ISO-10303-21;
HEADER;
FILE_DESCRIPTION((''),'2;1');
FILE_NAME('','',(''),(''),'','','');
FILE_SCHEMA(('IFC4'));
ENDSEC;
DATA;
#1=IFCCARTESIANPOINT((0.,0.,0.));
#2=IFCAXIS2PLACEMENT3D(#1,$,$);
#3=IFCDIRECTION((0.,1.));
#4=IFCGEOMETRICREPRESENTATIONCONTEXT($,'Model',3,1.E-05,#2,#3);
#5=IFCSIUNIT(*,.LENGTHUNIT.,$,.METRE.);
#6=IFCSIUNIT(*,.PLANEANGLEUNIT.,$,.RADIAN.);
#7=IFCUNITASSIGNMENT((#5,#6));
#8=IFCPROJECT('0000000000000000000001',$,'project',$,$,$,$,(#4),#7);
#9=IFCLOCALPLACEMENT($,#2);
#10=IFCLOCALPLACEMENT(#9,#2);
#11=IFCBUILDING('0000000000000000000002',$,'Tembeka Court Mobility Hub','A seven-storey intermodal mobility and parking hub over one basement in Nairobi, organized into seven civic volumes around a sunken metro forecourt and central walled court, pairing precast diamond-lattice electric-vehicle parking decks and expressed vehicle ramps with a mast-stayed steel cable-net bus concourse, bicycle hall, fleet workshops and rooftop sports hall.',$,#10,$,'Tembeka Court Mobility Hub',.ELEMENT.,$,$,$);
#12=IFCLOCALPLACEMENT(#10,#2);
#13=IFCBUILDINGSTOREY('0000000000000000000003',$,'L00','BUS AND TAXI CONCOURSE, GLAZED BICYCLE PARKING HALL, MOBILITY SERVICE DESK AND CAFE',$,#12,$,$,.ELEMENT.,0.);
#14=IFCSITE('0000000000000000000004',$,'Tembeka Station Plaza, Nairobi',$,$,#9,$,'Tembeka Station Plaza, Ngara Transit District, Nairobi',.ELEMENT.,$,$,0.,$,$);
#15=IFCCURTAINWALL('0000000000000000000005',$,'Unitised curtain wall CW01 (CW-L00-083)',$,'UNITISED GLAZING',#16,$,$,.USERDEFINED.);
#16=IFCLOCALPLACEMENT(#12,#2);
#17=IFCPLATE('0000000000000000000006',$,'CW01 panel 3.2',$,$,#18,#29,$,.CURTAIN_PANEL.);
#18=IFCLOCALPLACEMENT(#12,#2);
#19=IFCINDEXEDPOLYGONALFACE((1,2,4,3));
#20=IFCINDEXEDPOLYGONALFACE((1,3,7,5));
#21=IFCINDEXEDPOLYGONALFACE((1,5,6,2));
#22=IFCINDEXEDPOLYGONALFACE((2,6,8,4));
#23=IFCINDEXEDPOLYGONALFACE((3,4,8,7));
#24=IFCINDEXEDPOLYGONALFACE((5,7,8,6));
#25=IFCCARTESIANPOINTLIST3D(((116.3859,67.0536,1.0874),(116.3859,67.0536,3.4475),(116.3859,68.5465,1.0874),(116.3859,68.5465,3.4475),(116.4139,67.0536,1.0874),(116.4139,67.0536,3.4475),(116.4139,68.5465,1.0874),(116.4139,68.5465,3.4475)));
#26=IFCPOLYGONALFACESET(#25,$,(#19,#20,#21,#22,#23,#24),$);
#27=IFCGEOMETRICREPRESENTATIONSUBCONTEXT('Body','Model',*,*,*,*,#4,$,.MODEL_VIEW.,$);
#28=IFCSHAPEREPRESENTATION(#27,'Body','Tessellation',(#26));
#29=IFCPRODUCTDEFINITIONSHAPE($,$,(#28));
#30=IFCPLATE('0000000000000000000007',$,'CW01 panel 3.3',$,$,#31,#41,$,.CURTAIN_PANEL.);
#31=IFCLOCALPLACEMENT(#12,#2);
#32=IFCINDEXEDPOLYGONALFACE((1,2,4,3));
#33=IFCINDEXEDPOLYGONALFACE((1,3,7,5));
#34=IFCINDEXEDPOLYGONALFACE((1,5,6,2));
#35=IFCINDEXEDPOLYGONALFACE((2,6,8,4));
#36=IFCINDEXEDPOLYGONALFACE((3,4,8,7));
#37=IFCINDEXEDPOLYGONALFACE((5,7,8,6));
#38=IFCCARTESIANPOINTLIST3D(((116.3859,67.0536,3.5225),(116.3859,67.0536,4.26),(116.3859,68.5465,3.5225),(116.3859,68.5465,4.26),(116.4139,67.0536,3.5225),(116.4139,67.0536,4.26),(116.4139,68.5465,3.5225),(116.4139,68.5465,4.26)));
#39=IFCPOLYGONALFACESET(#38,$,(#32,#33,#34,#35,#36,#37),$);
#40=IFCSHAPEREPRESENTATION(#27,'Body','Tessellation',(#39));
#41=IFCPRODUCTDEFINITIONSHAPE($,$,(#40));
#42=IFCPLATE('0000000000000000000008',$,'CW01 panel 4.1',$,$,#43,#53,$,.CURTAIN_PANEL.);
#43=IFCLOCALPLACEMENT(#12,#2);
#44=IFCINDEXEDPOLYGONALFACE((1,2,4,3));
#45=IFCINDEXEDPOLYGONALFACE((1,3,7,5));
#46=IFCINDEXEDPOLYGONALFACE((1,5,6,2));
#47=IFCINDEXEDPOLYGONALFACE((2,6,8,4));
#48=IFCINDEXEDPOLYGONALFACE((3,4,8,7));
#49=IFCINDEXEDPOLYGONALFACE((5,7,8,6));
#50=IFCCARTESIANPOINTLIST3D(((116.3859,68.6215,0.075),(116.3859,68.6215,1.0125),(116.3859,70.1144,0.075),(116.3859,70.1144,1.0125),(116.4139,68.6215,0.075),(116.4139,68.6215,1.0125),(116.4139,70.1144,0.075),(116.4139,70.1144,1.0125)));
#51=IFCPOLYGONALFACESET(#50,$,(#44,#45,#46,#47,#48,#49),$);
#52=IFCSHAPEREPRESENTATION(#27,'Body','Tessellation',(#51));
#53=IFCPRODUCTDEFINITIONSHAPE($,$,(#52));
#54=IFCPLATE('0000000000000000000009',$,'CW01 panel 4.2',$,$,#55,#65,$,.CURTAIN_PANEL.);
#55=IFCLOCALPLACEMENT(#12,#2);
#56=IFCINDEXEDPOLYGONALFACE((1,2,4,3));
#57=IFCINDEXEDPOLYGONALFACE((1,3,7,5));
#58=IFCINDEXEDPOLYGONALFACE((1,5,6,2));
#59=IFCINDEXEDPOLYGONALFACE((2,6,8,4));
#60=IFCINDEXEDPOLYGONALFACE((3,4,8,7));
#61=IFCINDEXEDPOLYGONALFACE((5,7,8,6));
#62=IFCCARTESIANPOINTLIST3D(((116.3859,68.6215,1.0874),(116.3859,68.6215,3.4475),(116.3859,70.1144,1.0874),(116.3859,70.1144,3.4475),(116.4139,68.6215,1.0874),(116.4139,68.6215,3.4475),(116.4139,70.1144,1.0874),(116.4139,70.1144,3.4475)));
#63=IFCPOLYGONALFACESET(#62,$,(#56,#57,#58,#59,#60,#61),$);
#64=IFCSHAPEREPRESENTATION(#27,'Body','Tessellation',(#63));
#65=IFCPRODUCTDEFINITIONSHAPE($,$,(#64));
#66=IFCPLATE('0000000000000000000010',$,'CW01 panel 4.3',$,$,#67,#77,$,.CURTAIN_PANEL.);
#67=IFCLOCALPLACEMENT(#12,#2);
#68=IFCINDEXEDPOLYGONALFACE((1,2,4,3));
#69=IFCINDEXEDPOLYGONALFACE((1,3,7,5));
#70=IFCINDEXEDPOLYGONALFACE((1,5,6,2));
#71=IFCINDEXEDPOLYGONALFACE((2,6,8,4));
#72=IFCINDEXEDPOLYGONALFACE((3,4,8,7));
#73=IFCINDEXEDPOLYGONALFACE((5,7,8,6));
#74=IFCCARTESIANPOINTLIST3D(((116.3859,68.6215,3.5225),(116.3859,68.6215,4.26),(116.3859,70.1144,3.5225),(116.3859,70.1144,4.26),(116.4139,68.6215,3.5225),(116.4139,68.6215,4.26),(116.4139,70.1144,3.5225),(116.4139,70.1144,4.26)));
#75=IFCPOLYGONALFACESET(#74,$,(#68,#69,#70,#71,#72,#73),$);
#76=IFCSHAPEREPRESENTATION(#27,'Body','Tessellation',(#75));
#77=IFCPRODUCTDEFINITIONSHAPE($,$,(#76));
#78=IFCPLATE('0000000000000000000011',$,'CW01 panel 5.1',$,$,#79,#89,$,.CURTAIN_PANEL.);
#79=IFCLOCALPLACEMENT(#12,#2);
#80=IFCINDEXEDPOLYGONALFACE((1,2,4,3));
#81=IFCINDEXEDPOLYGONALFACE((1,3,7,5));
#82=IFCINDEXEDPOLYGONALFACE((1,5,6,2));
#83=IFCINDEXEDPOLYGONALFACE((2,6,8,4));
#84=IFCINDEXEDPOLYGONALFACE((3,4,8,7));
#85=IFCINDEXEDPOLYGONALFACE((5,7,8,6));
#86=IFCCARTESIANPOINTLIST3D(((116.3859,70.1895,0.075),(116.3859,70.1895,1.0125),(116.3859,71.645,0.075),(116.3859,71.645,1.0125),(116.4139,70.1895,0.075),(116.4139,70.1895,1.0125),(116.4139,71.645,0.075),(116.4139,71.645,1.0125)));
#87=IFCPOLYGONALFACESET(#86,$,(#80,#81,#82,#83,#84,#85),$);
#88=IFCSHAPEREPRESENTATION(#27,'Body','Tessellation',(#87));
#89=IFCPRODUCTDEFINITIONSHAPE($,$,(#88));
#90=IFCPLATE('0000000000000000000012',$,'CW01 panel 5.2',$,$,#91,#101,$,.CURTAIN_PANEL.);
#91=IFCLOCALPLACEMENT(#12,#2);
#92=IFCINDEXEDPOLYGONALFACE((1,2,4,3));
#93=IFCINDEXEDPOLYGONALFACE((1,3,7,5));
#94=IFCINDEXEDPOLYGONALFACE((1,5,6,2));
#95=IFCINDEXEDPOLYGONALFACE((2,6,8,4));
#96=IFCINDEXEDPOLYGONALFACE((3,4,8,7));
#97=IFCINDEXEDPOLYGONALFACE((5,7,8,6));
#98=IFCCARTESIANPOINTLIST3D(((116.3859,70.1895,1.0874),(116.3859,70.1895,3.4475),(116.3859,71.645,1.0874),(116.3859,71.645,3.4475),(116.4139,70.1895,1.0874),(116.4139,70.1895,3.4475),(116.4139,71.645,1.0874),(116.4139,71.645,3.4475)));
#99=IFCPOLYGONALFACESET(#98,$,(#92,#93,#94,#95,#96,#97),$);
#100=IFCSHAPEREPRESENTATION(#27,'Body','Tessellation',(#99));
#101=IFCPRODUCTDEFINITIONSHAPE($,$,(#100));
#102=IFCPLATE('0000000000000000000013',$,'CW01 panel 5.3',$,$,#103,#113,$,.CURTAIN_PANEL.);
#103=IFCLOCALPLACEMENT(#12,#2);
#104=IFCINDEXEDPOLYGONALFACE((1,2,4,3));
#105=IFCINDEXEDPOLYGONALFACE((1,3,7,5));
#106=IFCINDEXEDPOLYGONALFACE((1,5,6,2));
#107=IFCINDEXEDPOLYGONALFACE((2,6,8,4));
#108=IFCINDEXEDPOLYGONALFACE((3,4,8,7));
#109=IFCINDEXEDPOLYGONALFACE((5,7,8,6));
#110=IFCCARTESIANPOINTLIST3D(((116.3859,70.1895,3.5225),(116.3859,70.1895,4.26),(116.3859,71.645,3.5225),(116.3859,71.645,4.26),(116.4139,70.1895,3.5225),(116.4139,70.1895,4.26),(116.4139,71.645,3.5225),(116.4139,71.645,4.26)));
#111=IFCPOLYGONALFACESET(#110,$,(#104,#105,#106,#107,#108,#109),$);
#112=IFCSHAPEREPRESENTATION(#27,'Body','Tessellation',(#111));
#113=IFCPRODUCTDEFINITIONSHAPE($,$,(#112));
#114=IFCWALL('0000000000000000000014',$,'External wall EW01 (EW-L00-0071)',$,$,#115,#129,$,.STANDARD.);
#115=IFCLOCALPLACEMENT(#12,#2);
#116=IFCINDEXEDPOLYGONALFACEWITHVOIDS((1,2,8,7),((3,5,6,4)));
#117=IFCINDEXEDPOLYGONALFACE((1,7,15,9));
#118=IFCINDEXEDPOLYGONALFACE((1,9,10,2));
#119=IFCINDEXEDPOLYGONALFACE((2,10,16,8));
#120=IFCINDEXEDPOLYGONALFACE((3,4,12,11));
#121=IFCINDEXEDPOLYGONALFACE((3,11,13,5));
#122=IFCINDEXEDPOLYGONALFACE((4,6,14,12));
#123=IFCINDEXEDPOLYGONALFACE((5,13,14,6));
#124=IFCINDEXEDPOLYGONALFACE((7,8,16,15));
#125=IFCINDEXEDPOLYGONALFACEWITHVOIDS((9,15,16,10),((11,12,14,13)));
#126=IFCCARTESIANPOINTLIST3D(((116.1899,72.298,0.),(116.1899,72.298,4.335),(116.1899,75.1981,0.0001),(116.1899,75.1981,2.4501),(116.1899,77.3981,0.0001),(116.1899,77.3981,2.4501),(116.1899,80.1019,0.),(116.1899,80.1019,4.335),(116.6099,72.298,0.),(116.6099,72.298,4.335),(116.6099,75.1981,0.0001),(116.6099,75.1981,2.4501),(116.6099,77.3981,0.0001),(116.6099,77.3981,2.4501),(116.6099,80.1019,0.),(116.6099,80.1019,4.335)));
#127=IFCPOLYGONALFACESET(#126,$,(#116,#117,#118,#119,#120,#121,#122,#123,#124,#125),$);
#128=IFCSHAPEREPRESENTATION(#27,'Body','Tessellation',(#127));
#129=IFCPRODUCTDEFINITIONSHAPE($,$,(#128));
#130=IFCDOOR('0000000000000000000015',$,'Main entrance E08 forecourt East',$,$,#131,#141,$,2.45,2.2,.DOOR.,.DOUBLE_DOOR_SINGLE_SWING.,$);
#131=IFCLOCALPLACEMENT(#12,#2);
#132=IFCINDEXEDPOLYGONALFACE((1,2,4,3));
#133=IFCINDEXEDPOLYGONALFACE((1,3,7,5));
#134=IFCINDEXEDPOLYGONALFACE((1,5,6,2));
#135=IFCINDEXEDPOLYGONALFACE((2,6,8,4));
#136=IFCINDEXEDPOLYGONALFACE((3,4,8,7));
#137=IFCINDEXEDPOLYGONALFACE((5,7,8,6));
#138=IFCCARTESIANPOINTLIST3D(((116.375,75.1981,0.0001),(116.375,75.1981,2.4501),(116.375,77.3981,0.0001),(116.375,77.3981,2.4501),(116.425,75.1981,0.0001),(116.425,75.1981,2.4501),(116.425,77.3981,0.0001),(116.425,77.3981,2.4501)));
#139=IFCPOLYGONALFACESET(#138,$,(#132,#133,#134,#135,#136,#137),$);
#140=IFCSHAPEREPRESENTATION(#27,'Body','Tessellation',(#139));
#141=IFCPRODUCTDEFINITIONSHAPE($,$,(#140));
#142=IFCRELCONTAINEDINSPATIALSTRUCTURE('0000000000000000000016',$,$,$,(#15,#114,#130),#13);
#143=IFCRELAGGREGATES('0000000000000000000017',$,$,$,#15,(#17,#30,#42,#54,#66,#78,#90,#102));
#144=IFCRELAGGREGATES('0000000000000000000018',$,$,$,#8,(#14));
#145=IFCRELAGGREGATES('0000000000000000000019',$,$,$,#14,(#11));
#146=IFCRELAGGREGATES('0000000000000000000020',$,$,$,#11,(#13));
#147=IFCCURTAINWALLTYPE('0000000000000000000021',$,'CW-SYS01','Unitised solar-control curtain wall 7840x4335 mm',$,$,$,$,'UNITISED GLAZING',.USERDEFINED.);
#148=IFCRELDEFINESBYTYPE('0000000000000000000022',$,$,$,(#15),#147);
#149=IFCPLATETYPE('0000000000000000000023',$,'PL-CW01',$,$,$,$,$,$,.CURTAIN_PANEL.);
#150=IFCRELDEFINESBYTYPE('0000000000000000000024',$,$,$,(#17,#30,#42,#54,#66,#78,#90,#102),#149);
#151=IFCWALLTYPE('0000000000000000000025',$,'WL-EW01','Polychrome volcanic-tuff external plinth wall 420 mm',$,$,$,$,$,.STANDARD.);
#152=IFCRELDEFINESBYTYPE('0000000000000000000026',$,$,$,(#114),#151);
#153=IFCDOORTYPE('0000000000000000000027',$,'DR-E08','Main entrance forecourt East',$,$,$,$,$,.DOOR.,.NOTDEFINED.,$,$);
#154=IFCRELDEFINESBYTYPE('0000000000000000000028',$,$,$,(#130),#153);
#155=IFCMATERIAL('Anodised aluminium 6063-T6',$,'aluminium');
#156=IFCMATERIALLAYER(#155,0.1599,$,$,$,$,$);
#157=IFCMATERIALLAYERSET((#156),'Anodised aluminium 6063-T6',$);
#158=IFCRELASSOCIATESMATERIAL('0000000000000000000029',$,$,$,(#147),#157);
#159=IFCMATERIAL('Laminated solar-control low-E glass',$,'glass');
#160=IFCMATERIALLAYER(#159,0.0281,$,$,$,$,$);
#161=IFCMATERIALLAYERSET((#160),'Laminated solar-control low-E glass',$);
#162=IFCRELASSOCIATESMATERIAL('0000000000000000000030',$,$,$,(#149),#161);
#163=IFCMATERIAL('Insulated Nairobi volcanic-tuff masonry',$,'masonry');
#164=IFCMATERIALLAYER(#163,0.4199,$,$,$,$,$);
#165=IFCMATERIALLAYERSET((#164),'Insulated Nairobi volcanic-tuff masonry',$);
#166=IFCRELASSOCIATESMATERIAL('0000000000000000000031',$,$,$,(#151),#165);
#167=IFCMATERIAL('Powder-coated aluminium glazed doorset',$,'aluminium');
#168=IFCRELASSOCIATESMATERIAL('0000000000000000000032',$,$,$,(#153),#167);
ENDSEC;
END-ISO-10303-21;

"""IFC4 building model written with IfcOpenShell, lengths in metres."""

from ifc_helpers import new_model, si_unit, direction, frame, frame_2d, origin, origin_2d, place, context, subcontext, project, spatial, rectangle, extrude, material, layer, layer_set, type_object, element, fill, aggregate, save


model = new_model("IFC4")

# Units and contexts
model_context = context("Model", 3, precision=1e-05, world=origin(), true_north=direction((0.0, 1.0)))
body_context = subcontext(model_context, "Body", "Model", "MODEL_VIEW")
ifc_project = project(units=[si_unit("LENGTHUNIT", "METRE"), si_unit("PLANEANGLEUNIT", "RADIAN")], contexts=[model_context])

# Site, building, storey
site_placement = place(None, origin())
site = spatial("IfcSite", under=ifc_project, at=site_placement, Name="Tembeka Station Plaza, Nairobi", LongName="Tembeka Station Plaza, Ngara Transit District, Nairobi", CompositionType="ELEMENT", RefElevation=0.0)
building_placement = place(site_placement, origin())
building = spatial("IfcBuilding", under=site, at=building_placement, Name="Tembeka Court Mobility Hub", Description="A seven-storey intermodal mobility and parking hub over one basement in Nairobi, organized into seven civic volumes around a sunken metro forecourt and central walled court, pairing precast diamond-lattice electric-vehicle parking decks and expressed vehicle ramps with a mast-stayed steel cable-net bus concourse, bicycle hall, fleet workshops and rooftop sports hall.", LongName="Tembeka Court Mobility Hub", CompositionType="ELEMENT")
storey_placement = place(building_placement, origin())
storey = spatial("IfcBuildingStorey", under=building, at=storey_placement, Name="L00", Description="BUS AND TAXI CONCOURSE, GLAZED BICYCLE PARKING HALL, MOBILITY SERVICE DESK AND CAFE", CompositionType="ELEMENT", Elevation=0.0)

# Curtain wall, plates
ifc_material_1 = material(Name="Anodised aluminium 6063-T6", Category="aluminium")
ifc_layer_1 = layer(ifc_material_1, 0.1599)
ifc_layer_set_1 = layer_set([ifc_layer_1], Name="Anodised aluminium 6063-T6")
curtain_wall_type = type_object("IfcCurtainWallType", Name="CW-SYS01", Description="Unitised solar-control curtain wall 7840x4335 mm", ElementType="UNITISED GLAZING", PredefinedType="USERDEFINED", material=ifc_layer_set_1)
curtain_wall_placement = place(storey_placement, origin())
curtain_wall = element("IfcCurtainWall", 1, at=curtain_wall_placement, inside=storey, type_object=curtain_wall_type, Name="Unitised curtain wall CW01 (CW-L00-083)", ObjectType="UNITISED GLAZING", PredefinedType="USERDEFINED")
ifc_material_2 = material(Name="Laminated solar-control low-E glass", Category="glass")
ifc_layer_2 = layer(ifc_material_2, 0.0281)
ifc_layer_set_2 = layer_set([ifc_layer_2], Name="Laminated solar-control low-E glass")
plate_type = type_object("IfcPlateType", Name="PL-CW01", PredefinedType="CURTAIN_PANEL", material=ifc_layer_set_2)
plate_1_placement = place(storey_placement, frame((116.3999, 67.8, 1.0874), z_axis=(0.0, 0.0, 1.0), x_axis=(0.0, 1.0, 0.0)))
plate_1 = element("IfcPlate", 2, at=plate_1_placement, type_object=plate_type, Name="CW01 panel 3.2", PredefinedType="CURTAIN_PANEL", context=body_context, shape_type="SweptSolid", body=[
    extrude(rectangle(XDim=1.4929, YDim=0.0281, at=origin_2d()), origin(), (0.0, 0.0, 1.0), 2.3601),
])
plate_2_placement = place(storey_placement, frame((116.3999, 67.8, 3.5225), z_axis=(0.0, 0.0, 1.0), x_axis=(0.0, 1.0, 0.0)))
plate_2 = element("IfcPlate", 3, at=plate_2_placement, type_object=plate_type, Name="CW01 panel 3.3", PredefinedType="CURTAIN_PANEL", context=body_context, shape_type="SweptSolid", body=[
    extrude(rectangle(XDim=1.4929, YDim=0.0281, at=origin_2d()), origin(), (0.0, 0.0, 1.0), 0.7375),
])
plate_3_placement = place(storey_placement, frame((116.3999, 69.3679, 0.075), z_axis=(0.0, 0.0, 1.0), x_axis=(0.0, 1.0, 0.0)))
plate_3 = element("IfcPlate", 4, at=plate_3_placement, type_object=plate_type, Name="CW01 panel 4.1", PredefinedType="CURTAIN_PANEL", context=body_context, shape_type="SweptSolid", body=[
    extrude(rectangle(XDim=1.4929, YDim=0.0281, at=origin_2d()), origin(), (0.0, 0.0, 1.0), 0.9375),
])
plate_4_placement = place(storey_placement, frame((116.3999, 69.3679, 1.0874), z_axis=(0.0, 0.0, 1.0), x_axis=(0.0, 1.0, 0.0)))
plate_4 = element("IfcPlate", 5, at=plate_4_placement, type_object=plate_type, Name="CW01 panel 4.2", PredefinedType="CURTAIN_PANEL", context=body_context, shape_type="SweptSolid", body=[
    extrude(rectangle(XDim=1.4929, YDim=0.0281, at=origin_2d()), origin(), (0.0, 0.0, 1.0), 2.3601),
])
plate_5_placement = place(storey_placement, frame((116.3999, 69.3679, 3.5225), z_axis=(0.0, 0.0, 1.0), x_axis=(0.0, 1.0, 0.0)))
plate_5 = element("IfcPlate", 6, at=plate_5_placement, type_object=plate_type, Name="CW01 panel 4.3", PredefinedType="CURTAIN_PANEL", context=body_context, shape_type="SweptSolid", body=[
    extrude(rectangle(XDim=1.4929, YDim=0.0281, at=origin_2d()), origin(), (0.0, 0.0, 1.0), 0.7375),
])
plate_6_placement = place(storey_placement, frame((116.3999, 70.9172, 0.075), z_axis=(0.0, 0.0, 1.0), x_axis=(0.0, 1.0, 0.0)))
plate_6 = element("IfcPlate", 7, at=plate_6_placement, type_object=plate_type, Name="CW01 panel 5.1", PredefinedType="CURTAIN_PANEL", context=body_context, shape_type="SweptSolid", body=[
    extrude(rectangle(XDim=1.4556, YDim=0.0281, at=origin_2d()), origin(), (0.0, 0.0, 1.0), 0.9375),
])
plate_7_placement = place(storey_placement, frame((116.3999, 70.9172, 1.0874), z_axis=(0.0, 0.0, 1.0), x_axis=(0.0, 1.0, 0.0)))
plate_7 = element("IfcPlate", 8, at=plate_7_placement, type_object=plate_type, Name="CW01 panel 5.2", PredefinedType="CURTAIN_PANEL", context=body_context, shape_type="SweptSolid", body=[
    extrude(rectangle(XDim=1.4556, YDim=0.0281, at=origin_2d()), origin(), (0.0, 0.0, 1.0), 2.3601),
])
plate_8_placement = place(storey_placement, frame((116.3999, 70.9172, 3.5225), z_axis=(0.0, 0.0, 1.0), x_axis=(0.0, 1.0, 0.0)))
plate_8 = element("IfcPlate", 9, at=plate_8_placement, type_object=plate_type, Name="CW01 panel 5.3", PredefinedType="CURTAIN_PANEL", context=body_context, shape_type="SweptSolid", body=[
    extrude(rectangle(XDim=1.4556, YDim=0.0281, at=origin_2d()), origin(), (0.0, 0.0, 1.0), 0.7375),
])
aggregate(curtain_wall, [plate_1, plate_2, plate_3, plate_4, plate_5, plate_6, plate_7, plate_8])

# Wall, opening, door
ifc_material_3 = material(Name="Insulated Nairobi volcanic-tuff masonry", Category="masonry")
ifc_layer_3 = layer(ifc_material_3, 0.4199)
ifc_layer_set_3 = layer_set([ifc_layer_3], Name="Insulated Nairobi volcanic-tuff masonry")
wall_type = type_object("IfcWallType", Name="WL-EW01", Description="Polychrome volcanic-tuff external plinth wall 420 mm", PredefinedType="STANDARD", material=ifc_layer_set_3)
wall_placement = place(storey_placement, frame((116.3999, 72.2981, 0.0), z_axis=(0.0, 0.0, 1.0), x_axis=(0.0, 1.0, 0.0)))
wall = element("IfcWall", 10, at=wall_placement, inside=storey, type_object=wall_type, Name="External wall EW01 (EW-L00-0071)", PredefinedType="STANDARD", context=body_context, shape_type="SweptSolid", body=[
    extrude(rectangle(XDim=7.804, YDim=0.4199, at=frame_2d((3.9019, 0.0))), origin(), (0.0, 0.0, 1.0), 4.335),
])
opening_placement = place(wall_placement, frame((2.8999, 0.0, 0.0)))
opening = element("IfcOpeningElement", 11, at=opening_placement, cuts=wall, PredefinedType="OPENING", context=body_context, shape_type="SweptSolid", body=[
    extrude(rectangle(XDim=2.2, YDim=2.45, at=frame_2d((1.1001, 1.2251))), frame((0.0, 0.22, 0.0), z_axis=(0.0, -1.0, 0.0), x_axis=(1.0, 0.0, 0.0)), (0.0, 0.0, 1.0), 0.4399),
])
ifc_material_4 = material(Name="Powder-coated aluminium glazed doorset", Category="aluminium")
door_type = type_object("IfcDoorType", Name="DR-E08", Description="Main entrance forecourt East", OperationType="NOTDEFINED", PredefinedType="DOOR", material=ifc_material_4)
door_placement = place(opening_placement, origin())
door = element("IfcDoor", 12, at=door_placement, inside=storey, type_object=door_type, Name="Main entrance E08 forecourt East", OperationType="DOUBLE_DOOR_SINGLE_SWING", OverallHeight=2.45, OverallWidth=2.2, PredefinedType="DOOR", context=body_context, shape_type="SweptSolid", body=[
    extrude(rectangle(XDim=2.2, YDim=2.45, at=frame_2d((1.1001, 1.2251))), frame((0.0, 0.0249, 0.0), z_axis=(0.0, -1.0, 0.0), x_axis=(1.0, 0.0, 0.0)), (0.0, 0.0, 1.0), 0.05),
])
fill(opening, door)

save(model, "model.ifc")
